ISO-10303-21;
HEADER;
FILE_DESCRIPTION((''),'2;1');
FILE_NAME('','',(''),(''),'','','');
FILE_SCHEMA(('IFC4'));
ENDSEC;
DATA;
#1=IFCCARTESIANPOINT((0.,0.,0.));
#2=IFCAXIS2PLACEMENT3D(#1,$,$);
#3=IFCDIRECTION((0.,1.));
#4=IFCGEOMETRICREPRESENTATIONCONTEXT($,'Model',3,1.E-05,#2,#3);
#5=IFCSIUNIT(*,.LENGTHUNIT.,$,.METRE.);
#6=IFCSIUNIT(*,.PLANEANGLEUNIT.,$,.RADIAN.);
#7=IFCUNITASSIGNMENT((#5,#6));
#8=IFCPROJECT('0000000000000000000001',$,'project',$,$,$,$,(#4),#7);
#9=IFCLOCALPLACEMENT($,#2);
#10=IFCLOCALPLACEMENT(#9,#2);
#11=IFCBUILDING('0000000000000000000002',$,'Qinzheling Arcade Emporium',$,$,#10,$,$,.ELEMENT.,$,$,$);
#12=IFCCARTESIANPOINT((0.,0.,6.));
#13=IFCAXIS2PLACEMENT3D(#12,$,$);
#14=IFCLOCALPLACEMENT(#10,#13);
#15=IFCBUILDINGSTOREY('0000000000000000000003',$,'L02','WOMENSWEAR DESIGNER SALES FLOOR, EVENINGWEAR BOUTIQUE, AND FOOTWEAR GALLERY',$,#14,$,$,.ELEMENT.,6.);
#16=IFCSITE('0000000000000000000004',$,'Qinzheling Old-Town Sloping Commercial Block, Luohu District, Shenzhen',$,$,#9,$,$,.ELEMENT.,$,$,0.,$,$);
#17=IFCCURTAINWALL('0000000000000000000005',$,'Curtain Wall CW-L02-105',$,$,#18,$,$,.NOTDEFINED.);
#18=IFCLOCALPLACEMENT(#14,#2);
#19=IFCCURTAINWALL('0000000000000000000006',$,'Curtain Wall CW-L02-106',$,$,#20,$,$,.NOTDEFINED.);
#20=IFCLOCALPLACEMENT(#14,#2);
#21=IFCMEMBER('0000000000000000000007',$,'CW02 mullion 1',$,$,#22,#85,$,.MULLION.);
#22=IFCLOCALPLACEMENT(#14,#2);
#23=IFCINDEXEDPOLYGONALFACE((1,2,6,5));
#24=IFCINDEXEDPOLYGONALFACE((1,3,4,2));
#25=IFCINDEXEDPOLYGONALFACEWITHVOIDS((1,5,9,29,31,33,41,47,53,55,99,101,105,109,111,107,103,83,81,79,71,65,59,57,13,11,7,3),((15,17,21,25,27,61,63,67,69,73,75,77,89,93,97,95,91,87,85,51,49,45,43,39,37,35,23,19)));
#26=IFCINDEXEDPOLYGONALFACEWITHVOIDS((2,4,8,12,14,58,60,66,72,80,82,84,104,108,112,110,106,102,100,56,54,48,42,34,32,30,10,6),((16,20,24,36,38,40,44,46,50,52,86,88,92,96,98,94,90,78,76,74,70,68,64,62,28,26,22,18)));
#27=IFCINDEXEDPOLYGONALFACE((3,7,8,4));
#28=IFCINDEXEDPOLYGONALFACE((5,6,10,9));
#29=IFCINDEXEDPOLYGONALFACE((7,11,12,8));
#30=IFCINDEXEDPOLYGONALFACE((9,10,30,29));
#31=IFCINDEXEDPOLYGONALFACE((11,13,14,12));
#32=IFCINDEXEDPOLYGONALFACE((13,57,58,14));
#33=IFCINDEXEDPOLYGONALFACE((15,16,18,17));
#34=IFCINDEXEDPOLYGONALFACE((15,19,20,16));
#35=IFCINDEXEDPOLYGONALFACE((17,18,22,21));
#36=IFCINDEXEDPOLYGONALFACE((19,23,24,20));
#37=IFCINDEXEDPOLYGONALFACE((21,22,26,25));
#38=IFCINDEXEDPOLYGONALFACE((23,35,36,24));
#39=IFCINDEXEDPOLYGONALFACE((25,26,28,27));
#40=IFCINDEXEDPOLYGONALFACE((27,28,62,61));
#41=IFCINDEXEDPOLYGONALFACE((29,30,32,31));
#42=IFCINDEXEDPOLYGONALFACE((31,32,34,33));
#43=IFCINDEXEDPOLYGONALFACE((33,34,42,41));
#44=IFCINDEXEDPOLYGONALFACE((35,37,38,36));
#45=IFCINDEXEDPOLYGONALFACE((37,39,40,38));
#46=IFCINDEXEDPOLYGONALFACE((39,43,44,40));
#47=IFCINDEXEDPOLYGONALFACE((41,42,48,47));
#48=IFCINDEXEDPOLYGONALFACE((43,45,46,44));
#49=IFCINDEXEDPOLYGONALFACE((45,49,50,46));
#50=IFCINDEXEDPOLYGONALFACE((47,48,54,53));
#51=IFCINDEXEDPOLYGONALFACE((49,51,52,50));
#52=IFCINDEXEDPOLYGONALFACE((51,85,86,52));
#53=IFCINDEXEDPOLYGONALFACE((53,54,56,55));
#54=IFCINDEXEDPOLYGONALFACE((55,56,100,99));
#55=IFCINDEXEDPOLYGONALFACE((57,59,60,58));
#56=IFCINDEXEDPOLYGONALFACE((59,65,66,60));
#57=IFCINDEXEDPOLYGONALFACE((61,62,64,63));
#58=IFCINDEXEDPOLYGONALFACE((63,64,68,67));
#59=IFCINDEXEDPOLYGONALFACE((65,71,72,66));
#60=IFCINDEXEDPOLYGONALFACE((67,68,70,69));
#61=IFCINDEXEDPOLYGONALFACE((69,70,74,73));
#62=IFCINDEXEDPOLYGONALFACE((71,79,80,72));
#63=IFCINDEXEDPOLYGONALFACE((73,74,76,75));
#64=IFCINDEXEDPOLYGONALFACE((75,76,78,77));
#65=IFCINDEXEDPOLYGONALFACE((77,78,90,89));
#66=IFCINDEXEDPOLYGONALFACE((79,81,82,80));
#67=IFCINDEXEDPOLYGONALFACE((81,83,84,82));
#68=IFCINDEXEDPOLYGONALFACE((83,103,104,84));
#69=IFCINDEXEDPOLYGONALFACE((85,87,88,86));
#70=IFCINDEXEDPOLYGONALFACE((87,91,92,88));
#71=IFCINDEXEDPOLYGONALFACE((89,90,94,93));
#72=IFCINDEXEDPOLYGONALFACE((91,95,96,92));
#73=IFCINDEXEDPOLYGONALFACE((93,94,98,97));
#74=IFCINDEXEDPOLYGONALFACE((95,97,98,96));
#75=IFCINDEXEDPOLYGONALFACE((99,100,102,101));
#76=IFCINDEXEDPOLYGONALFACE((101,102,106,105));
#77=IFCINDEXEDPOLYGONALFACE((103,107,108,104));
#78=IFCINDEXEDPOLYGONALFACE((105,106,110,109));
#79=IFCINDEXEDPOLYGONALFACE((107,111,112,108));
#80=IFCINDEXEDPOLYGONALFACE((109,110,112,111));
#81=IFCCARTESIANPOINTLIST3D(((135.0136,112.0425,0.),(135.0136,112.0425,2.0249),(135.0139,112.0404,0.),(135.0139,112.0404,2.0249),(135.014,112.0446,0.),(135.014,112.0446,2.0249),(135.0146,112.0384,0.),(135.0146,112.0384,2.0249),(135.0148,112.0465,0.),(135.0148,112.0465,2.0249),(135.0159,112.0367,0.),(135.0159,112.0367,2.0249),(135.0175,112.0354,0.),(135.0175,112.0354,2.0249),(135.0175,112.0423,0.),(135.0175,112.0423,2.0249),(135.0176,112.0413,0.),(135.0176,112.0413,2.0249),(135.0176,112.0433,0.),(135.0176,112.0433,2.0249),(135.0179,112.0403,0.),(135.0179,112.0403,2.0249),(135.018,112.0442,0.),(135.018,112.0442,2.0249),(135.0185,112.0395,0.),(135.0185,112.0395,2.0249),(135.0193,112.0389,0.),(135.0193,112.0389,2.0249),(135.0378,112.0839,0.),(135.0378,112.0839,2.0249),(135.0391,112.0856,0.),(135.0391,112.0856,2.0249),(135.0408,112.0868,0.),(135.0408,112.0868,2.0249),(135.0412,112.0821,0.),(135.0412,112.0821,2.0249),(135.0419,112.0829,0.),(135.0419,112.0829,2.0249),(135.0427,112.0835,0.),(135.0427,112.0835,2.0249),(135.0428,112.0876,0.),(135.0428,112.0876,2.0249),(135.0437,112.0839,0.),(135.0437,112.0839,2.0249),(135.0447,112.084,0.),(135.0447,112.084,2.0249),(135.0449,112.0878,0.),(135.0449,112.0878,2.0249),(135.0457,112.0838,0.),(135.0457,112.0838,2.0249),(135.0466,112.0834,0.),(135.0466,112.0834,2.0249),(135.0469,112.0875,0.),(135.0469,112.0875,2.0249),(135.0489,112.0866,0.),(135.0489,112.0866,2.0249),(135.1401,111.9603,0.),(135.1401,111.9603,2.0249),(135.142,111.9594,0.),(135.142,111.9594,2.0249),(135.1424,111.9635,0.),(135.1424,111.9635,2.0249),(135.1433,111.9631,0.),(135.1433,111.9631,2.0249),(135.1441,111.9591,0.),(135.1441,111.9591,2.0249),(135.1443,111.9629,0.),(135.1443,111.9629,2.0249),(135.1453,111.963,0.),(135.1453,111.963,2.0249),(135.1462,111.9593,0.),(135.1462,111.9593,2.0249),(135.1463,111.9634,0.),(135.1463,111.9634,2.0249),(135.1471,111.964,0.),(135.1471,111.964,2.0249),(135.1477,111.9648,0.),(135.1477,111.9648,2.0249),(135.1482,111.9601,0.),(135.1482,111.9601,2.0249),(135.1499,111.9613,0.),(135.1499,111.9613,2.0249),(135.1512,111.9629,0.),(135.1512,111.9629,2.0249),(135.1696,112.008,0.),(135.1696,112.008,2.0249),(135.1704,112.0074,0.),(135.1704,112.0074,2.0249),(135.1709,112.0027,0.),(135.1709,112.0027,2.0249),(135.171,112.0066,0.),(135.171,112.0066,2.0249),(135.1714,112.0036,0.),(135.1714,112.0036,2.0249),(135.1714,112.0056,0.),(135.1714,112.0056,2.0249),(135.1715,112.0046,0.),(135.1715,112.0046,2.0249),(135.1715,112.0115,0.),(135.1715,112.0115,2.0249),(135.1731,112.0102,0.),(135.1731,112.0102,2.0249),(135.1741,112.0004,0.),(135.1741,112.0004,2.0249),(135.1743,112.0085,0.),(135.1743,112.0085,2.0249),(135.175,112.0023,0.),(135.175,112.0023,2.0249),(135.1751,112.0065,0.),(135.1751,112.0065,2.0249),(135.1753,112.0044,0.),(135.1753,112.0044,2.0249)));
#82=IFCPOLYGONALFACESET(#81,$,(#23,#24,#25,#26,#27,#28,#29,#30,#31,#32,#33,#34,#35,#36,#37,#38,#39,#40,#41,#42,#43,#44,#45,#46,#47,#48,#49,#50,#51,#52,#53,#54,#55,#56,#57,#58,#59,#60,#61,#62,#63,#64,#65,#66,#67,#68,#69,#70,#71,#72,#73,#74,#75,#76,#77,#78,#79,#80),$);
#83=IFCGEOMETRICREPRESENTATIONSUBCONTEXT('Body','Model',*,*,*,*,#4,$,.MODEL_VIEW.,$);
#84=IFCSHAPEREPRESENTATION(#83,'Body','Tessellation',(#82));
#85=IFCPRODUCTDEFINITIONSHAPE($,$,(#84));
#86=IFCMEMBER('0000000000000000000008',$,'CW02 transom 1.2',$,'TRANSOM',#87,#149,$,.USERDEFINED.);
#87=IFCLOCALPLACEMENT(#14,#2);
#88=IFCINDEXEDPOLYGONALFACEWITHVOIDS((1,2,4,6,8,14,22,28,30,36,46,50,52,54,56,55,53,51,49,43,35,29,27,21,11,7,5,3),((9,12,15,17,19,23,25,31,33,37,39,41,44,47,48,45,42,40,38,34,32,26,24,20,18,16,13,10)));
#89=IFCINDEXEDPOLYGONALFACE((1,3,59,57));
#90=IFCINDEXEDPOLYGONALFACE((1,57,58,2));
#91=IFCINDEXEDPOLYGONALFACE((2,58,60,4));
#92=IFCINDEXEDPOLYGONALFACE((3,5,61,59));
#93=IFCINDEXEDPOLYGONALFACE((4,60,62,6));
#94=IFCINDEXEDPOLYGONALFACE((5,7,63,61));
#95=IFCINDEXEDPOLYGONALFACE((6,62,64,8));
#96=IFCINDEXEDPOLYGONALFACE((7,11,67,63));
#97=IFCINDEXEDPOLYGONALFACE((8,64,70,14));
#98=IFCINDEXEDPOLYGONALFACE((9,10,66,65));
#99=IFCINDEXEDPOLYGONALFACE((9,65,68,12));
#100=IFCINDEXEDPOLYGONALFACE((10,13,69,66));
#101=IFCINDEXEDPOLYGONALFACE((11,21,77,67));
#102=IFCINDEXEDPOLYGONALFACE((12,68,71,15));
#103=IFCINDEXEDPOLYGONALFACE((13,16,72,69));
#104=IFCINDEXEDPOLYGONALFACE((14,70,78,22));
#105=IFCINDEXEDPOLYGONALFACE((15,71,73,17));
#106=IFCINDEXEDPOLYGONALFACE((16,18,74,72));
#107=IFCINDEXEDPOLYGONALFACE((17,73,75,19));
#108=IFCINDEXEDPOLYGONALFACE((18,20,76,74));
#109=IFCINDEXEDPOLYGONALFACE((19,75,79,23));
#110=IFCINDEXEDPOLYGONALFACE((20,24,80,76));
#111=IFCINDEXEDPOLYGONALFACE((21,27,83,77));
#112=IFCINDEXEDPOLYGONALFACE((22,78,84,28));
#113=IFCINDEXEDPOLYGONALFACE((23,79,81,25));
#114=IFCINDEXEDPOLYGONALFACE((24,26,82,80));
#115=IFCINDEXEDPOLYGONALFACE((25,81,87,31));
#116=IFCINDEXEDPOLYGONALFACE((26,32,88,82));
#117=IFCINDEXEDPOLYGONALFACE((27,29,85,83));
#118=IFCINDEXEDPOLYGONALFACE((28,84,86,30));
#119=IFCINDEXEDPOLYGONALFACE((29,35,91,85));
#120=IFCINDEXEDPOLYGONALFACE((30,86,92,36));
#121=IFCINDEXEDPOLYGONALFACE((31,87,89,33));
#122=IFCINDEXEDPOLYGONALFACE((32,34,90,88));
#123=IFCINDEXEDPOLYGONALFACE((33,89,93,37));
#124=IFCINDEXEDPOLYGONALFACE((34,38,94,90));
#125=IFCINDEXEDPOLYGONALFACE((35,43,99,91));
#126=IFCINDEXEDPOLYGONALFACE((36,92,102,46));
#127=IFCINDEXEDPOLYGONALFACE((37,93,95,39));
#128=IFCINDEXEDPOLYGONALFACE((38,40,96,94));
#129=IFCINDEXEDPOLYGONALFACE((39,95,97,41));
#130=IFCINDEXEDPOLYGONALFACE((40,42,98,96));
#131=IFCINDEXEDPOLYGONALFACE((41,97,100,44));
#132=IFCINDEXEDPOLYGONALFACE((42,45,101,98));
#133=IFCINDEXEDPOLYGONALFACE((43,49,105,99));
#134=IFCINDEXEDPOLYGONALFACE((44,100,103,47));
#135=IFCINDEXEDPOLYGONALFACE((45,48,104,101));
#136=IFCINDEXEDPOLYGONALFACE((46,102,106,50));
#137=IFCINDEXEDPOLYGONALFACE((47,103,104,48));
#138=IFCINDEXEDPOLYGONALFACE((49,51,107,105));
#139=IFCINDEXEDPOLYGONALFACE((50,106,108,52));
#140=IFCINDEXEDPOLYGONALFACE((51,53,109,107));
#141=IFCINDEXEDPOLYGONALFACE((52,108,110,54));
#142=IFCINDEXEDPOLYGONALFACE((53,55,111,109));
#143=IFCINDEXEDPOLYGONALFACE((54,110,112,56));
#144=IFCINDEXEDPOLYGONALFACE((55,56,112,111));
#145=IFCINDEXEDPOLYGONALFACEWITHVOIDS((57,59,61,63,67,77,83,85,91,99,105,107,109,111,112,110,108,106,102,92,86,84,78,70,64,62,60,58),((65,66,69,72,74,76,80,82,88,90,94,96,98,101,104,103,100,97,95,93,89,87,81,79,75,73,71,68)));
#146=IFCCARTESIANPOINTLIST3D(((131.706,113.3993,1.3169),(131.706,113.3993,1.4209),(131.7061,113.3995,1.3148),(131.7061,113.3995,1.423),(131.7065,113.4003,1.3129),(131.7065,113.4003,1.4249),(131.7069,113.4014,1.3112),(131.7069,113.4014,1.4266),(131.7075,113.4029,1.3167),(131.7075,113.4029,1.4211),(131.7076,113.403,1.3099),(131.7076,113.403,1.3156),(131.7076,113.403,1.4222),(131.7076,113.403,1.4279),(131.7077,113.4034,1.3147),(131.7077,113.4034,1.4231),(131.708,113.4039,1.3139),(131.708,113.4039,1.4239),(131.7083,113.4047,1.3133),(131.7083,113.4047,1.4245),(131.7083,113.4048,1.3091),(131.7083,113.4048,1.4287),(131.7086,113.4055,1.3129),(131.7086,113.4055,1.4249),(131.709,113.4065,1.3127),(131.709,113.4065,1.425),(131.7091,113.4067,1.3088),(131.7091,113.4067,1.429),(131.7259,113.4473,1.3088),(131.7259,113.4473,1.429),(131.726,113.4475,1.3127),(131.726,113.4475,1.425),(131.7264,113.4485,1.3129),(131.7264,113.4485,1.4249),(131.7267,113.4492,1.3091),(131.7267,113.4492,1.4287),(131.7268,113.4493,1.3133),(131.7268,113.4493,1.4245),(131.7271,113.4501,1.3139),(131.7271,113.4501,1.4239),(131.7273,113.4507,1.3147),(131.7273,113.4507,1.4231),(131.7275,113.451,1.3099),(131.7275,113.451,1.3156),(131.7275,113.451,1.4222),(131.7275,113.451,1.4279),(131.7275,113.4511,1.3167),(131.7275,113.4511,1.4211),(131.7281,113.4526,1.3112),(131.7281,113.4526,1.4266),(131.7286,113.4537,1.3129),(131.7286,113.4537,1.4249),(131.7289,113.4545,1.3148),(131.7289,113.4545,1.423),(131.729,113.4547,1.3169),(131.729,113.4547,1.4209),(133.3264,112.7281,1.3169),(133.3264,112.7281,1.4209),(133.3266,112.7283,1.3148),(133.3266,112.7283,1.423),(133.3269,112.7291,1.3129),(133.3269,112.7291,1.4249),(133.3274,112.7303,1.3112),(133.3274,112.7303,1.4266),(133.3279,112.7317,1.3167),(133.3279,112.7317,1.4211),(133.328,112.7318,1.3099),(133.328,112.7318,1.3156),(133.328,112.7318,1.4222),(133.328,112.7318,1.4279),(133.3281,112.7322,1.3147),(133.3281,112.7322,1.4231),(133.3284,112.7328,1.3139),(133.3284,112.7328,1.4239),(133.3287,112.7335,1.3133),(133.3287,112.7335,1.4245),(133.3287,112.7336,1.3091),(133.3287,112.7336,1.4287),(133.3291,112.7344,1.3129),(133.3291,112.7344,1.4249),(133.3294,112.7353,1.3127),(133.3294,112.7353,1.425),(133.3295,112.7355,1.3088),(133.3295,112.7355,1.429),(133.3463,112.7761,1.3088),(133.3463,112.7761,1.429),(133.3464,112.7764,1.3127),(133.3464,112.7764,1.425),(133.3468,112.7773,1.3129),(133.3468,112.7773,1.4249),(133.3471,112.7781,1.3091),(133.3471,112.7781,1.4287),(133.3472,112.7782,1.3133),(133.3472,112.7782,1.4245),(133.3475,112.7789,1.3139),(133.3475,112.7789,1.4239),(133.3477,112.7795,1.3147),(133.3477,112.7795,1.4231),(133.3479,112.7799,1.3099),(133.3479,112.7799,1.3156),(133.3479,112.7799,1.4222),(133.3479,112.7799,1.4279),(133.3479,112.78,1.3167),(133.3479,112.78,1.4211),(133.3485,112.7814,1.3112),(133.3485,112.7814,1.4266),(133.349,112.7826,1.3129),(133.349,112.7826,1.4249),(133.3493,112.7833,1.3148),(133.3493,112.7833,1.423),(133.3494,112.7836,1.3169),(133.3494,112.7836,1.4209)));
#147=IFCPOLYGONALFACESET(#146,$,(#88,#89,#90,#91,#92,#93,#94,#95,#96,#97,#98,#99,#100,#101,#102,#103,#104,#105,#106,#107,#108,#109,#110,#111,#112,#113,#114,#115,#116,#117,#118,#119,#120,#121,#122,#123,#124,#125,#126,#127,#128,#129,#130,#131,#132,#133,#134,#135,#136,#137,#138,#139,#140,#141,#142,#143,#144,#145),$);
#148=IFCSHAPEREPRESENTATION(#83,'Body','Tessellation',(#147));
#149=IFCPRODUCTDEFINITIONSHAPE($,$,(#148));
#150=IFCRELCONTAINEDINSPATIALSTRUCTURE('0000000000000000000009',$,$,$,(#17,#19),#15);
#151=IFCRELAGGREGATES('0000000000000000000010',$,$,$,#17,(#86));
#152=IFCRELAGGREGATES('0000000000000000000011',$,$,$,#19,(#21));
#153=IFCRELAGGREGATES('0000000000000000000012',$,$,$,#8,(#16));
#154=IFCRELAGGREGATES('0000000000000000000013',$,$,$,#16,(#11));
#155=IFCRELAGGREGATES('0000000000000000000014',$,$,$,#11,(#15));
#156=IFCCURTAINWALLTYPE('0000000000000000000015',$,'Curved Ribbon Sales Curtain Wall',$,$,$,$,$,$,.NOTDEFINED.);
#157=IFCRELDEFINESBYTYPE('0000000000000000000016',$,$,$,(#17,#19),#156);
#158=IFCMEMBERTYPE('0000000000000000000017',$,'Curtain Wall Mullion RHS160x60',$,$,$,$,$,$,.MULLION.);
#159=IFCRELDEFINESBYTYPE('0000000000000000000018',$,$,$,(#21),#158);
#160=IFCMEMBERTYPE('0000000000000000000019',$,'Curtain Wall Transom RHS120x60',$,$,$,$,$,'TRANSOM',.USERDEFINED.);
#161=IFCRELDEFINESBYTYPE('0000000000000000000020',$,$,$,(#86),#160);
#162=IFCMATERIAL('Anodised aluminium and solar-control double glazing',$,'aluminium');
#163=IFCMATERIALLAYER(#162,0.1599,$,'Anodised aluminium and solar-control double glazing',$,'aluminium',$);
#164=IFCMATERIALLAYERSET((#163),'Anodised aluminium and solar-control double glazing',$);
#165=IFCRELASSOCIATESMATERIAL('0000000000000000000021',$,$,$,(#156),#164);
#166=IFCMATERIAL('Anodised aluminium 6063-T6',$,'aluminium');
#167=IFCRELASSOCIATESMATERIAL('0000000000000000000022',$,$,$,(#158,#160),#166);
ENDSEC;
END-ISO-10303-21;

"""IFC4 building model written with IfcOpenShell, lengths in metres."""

from ifc_helpers import new_model, si_unit, direction, frame, origin, origin_2d, place, context, subcontext, project, spatial, hollow_rectangle, extrude, material, layer, layer_set, material_profile, profile_set, type_object, element, aggregate, save


model = new_model("IFC4")

# Units and contexts
model_context = context("Model", 3, precision=1e-05, world=origin(), true_north=direction((0.0, 1.0)))
body_context = subcontext(model_context, "Body", "Model", "MODEL_VIEW")
ifc_project = project(units=[si_unit("LENGTHUNIT", "METRE"), si_unit("PLANEANGLEUNIT", "RADIAN")], contexts=[model_context])

# Site, building, storey
site_placement = place(None, origin())
site = spatial("IfcSite", under=ifc_project, at=site_placement, Name="Qinzheling Old-Town Sloping Commercial Block, Luohu District, Shenzhen", CompositionType="ELEMENT", RefElevation=0.0)
building_placement = place(site_placement, origin())
building = spatial("IfcBuilding", under=site, at=building_placement, Name="Qinzheling Arcade Emporium", CompositionType="ELEMENT")
storey_placement = place(building_placement, frame((0.0, 0.0, 6.0)))
storey = spatial("IfcBuildingStorey", under=building, at=storey_placement, Name="L02", Description="WOMENSWEAR DESIGNER SALES FLOOR, EVENINGWEAR BOUTIQUE, AND FOOTWEAR GALLERY", CompositionType="ELEMENT", Elevation=6.0)

# Curtain wall
ifc_material_1 = material(Name="Anodised aluminium and solar-control double glazing", Category="aluminium")
ifc_layer_1 = layer(ifc_material_1, 0.1599, Name="Anodised aluminium and solar-control double glazing", Category="aluminium")
ifc_layer_set_1 = layer_set([ifc_layer_1], Name="Anodised aluminium and solar-control double glazing")
curtain_wall_type = type_object("IfcCurtainWallType", Name="Curved Ribbon Sales Curtain Wall", PredefinedType="NOTDEFINED", material=ifc_layer_set_1)
curtain_wall_1_placement = place(storey_placement, origin())
curtain_wall_1 = element("IfcCurtainWall", 1, at=curtain_wall_1_placement, inside=storey, type_object=curtain_wall_type, Name="Curtain Wall CW-L02-105", PredefinedType="NOTDEFINED")
ifc_material_2 = material(Name="Anodised aluminium 6063-T6", Category="aluminium")
ifc_material_profile_1 = material_profile(ifc_material_2, hollow_rectangle(XDim=0.0601, YDim=0.1599, WallThickness=0.0039, InnerFilletRadius=0.0039, OuterFilletRadius=0.0081, at=origin_2d()), Name="RHS 160x60x4", Category="aluminium")
ifc_profile_set_1 = profile_set([ifc_material_profile_1], Name="Anodised aluminium 6063-T6")
member_type_1 = type_object("IfcMemberType", Name="Curtain Wall Mullion RHS160x60", PredefinedType="MULLION", material=ifc_profile_set_1)

# Curtain wall, member
curtain_wall_2_placement = place(storey_placement, origin())
curtain_wall_2 = element("IfcCurtainWall", 2, at=curtain_wall_2_placement, inside=storey, type_object=curtain_wall_type, Name="Curtain Wall CW-L02-106", PredefinedType="NOTDEFINED")
member_1_placement = place(storey_placement, frame((135.0945, 112.0234, 0.0), z_axis=(0.0, 0.0, 1.0), x_axis=(0.522428, 0.852684, 0.0)))
member_1 = element("IfcMember", 3, at=member_1_placement, type_object=member_type_1, Name="CW02 mullion 1", PredefinedType="MULLION", context=body_context, shape_type="SweptSolid", body=[
    extrude(hollow_rectangle(XDim=0.0601, YDim=0.1599, WallThickness=0.0039, InnerFilletRadius=0.0039, OuterFilletRadius=0.0081, at=origin_2d()), origin(), (0.0, 0.0, 1.0), 2.0249),
])

# Member
ifc_material_profile_2 = material_profile(ifc_material_2, hollow_rectangle(XDim=0.0601, YDim=0.1201, WallThickness=0.0039, InnerFilletRadius=0.0039, OuterFilletRadius=0.0081, at=origin_2d()), Name="RHS 120x60x4", Category="aluminium")
ifc_profile_set_2 = profile_set([ifc_material_profile_2], Name="Anodised aluminium 6063-T6")
member_type_2 = type_object("IfcMemberType", Name="Curtain Wall Transom RHS120x60", ElementType="TRANSOM", PredefinedType="USERDEFINED", material=ifc_profile_set_2)
member_2_placement = place(storey_placement, frame((131.7175, 113.427, 1.3689), z_axis=(0.923886, -0.382667, 0.0), x_axis=(0.382667, 0.923886, 0.0)))
member_2 = element("IfcMember", 4, at=member_2_placement, type_object=member_type_2, Name="CW02 transom 1.2", ObjectType="TRANSOM", PredefinedType="USERDEFINED", context=body_context, shape_type="SweptSolid", body=[
    extrude(hollow_rectangle(XDim=0.0601, YDim=0.1201, WallThickness=0.0039, InnerFilletRadius=0.0039, OuterFilletRadius=0.0081, at=origin_2d()), origin(), (0.0, 0.0, 1.0), 1.7539),
])

aggregate(curtain_wall_1, [member_2])
aggregate(curtain_wall_2, [member_1])

save(model, "model.ifc")
